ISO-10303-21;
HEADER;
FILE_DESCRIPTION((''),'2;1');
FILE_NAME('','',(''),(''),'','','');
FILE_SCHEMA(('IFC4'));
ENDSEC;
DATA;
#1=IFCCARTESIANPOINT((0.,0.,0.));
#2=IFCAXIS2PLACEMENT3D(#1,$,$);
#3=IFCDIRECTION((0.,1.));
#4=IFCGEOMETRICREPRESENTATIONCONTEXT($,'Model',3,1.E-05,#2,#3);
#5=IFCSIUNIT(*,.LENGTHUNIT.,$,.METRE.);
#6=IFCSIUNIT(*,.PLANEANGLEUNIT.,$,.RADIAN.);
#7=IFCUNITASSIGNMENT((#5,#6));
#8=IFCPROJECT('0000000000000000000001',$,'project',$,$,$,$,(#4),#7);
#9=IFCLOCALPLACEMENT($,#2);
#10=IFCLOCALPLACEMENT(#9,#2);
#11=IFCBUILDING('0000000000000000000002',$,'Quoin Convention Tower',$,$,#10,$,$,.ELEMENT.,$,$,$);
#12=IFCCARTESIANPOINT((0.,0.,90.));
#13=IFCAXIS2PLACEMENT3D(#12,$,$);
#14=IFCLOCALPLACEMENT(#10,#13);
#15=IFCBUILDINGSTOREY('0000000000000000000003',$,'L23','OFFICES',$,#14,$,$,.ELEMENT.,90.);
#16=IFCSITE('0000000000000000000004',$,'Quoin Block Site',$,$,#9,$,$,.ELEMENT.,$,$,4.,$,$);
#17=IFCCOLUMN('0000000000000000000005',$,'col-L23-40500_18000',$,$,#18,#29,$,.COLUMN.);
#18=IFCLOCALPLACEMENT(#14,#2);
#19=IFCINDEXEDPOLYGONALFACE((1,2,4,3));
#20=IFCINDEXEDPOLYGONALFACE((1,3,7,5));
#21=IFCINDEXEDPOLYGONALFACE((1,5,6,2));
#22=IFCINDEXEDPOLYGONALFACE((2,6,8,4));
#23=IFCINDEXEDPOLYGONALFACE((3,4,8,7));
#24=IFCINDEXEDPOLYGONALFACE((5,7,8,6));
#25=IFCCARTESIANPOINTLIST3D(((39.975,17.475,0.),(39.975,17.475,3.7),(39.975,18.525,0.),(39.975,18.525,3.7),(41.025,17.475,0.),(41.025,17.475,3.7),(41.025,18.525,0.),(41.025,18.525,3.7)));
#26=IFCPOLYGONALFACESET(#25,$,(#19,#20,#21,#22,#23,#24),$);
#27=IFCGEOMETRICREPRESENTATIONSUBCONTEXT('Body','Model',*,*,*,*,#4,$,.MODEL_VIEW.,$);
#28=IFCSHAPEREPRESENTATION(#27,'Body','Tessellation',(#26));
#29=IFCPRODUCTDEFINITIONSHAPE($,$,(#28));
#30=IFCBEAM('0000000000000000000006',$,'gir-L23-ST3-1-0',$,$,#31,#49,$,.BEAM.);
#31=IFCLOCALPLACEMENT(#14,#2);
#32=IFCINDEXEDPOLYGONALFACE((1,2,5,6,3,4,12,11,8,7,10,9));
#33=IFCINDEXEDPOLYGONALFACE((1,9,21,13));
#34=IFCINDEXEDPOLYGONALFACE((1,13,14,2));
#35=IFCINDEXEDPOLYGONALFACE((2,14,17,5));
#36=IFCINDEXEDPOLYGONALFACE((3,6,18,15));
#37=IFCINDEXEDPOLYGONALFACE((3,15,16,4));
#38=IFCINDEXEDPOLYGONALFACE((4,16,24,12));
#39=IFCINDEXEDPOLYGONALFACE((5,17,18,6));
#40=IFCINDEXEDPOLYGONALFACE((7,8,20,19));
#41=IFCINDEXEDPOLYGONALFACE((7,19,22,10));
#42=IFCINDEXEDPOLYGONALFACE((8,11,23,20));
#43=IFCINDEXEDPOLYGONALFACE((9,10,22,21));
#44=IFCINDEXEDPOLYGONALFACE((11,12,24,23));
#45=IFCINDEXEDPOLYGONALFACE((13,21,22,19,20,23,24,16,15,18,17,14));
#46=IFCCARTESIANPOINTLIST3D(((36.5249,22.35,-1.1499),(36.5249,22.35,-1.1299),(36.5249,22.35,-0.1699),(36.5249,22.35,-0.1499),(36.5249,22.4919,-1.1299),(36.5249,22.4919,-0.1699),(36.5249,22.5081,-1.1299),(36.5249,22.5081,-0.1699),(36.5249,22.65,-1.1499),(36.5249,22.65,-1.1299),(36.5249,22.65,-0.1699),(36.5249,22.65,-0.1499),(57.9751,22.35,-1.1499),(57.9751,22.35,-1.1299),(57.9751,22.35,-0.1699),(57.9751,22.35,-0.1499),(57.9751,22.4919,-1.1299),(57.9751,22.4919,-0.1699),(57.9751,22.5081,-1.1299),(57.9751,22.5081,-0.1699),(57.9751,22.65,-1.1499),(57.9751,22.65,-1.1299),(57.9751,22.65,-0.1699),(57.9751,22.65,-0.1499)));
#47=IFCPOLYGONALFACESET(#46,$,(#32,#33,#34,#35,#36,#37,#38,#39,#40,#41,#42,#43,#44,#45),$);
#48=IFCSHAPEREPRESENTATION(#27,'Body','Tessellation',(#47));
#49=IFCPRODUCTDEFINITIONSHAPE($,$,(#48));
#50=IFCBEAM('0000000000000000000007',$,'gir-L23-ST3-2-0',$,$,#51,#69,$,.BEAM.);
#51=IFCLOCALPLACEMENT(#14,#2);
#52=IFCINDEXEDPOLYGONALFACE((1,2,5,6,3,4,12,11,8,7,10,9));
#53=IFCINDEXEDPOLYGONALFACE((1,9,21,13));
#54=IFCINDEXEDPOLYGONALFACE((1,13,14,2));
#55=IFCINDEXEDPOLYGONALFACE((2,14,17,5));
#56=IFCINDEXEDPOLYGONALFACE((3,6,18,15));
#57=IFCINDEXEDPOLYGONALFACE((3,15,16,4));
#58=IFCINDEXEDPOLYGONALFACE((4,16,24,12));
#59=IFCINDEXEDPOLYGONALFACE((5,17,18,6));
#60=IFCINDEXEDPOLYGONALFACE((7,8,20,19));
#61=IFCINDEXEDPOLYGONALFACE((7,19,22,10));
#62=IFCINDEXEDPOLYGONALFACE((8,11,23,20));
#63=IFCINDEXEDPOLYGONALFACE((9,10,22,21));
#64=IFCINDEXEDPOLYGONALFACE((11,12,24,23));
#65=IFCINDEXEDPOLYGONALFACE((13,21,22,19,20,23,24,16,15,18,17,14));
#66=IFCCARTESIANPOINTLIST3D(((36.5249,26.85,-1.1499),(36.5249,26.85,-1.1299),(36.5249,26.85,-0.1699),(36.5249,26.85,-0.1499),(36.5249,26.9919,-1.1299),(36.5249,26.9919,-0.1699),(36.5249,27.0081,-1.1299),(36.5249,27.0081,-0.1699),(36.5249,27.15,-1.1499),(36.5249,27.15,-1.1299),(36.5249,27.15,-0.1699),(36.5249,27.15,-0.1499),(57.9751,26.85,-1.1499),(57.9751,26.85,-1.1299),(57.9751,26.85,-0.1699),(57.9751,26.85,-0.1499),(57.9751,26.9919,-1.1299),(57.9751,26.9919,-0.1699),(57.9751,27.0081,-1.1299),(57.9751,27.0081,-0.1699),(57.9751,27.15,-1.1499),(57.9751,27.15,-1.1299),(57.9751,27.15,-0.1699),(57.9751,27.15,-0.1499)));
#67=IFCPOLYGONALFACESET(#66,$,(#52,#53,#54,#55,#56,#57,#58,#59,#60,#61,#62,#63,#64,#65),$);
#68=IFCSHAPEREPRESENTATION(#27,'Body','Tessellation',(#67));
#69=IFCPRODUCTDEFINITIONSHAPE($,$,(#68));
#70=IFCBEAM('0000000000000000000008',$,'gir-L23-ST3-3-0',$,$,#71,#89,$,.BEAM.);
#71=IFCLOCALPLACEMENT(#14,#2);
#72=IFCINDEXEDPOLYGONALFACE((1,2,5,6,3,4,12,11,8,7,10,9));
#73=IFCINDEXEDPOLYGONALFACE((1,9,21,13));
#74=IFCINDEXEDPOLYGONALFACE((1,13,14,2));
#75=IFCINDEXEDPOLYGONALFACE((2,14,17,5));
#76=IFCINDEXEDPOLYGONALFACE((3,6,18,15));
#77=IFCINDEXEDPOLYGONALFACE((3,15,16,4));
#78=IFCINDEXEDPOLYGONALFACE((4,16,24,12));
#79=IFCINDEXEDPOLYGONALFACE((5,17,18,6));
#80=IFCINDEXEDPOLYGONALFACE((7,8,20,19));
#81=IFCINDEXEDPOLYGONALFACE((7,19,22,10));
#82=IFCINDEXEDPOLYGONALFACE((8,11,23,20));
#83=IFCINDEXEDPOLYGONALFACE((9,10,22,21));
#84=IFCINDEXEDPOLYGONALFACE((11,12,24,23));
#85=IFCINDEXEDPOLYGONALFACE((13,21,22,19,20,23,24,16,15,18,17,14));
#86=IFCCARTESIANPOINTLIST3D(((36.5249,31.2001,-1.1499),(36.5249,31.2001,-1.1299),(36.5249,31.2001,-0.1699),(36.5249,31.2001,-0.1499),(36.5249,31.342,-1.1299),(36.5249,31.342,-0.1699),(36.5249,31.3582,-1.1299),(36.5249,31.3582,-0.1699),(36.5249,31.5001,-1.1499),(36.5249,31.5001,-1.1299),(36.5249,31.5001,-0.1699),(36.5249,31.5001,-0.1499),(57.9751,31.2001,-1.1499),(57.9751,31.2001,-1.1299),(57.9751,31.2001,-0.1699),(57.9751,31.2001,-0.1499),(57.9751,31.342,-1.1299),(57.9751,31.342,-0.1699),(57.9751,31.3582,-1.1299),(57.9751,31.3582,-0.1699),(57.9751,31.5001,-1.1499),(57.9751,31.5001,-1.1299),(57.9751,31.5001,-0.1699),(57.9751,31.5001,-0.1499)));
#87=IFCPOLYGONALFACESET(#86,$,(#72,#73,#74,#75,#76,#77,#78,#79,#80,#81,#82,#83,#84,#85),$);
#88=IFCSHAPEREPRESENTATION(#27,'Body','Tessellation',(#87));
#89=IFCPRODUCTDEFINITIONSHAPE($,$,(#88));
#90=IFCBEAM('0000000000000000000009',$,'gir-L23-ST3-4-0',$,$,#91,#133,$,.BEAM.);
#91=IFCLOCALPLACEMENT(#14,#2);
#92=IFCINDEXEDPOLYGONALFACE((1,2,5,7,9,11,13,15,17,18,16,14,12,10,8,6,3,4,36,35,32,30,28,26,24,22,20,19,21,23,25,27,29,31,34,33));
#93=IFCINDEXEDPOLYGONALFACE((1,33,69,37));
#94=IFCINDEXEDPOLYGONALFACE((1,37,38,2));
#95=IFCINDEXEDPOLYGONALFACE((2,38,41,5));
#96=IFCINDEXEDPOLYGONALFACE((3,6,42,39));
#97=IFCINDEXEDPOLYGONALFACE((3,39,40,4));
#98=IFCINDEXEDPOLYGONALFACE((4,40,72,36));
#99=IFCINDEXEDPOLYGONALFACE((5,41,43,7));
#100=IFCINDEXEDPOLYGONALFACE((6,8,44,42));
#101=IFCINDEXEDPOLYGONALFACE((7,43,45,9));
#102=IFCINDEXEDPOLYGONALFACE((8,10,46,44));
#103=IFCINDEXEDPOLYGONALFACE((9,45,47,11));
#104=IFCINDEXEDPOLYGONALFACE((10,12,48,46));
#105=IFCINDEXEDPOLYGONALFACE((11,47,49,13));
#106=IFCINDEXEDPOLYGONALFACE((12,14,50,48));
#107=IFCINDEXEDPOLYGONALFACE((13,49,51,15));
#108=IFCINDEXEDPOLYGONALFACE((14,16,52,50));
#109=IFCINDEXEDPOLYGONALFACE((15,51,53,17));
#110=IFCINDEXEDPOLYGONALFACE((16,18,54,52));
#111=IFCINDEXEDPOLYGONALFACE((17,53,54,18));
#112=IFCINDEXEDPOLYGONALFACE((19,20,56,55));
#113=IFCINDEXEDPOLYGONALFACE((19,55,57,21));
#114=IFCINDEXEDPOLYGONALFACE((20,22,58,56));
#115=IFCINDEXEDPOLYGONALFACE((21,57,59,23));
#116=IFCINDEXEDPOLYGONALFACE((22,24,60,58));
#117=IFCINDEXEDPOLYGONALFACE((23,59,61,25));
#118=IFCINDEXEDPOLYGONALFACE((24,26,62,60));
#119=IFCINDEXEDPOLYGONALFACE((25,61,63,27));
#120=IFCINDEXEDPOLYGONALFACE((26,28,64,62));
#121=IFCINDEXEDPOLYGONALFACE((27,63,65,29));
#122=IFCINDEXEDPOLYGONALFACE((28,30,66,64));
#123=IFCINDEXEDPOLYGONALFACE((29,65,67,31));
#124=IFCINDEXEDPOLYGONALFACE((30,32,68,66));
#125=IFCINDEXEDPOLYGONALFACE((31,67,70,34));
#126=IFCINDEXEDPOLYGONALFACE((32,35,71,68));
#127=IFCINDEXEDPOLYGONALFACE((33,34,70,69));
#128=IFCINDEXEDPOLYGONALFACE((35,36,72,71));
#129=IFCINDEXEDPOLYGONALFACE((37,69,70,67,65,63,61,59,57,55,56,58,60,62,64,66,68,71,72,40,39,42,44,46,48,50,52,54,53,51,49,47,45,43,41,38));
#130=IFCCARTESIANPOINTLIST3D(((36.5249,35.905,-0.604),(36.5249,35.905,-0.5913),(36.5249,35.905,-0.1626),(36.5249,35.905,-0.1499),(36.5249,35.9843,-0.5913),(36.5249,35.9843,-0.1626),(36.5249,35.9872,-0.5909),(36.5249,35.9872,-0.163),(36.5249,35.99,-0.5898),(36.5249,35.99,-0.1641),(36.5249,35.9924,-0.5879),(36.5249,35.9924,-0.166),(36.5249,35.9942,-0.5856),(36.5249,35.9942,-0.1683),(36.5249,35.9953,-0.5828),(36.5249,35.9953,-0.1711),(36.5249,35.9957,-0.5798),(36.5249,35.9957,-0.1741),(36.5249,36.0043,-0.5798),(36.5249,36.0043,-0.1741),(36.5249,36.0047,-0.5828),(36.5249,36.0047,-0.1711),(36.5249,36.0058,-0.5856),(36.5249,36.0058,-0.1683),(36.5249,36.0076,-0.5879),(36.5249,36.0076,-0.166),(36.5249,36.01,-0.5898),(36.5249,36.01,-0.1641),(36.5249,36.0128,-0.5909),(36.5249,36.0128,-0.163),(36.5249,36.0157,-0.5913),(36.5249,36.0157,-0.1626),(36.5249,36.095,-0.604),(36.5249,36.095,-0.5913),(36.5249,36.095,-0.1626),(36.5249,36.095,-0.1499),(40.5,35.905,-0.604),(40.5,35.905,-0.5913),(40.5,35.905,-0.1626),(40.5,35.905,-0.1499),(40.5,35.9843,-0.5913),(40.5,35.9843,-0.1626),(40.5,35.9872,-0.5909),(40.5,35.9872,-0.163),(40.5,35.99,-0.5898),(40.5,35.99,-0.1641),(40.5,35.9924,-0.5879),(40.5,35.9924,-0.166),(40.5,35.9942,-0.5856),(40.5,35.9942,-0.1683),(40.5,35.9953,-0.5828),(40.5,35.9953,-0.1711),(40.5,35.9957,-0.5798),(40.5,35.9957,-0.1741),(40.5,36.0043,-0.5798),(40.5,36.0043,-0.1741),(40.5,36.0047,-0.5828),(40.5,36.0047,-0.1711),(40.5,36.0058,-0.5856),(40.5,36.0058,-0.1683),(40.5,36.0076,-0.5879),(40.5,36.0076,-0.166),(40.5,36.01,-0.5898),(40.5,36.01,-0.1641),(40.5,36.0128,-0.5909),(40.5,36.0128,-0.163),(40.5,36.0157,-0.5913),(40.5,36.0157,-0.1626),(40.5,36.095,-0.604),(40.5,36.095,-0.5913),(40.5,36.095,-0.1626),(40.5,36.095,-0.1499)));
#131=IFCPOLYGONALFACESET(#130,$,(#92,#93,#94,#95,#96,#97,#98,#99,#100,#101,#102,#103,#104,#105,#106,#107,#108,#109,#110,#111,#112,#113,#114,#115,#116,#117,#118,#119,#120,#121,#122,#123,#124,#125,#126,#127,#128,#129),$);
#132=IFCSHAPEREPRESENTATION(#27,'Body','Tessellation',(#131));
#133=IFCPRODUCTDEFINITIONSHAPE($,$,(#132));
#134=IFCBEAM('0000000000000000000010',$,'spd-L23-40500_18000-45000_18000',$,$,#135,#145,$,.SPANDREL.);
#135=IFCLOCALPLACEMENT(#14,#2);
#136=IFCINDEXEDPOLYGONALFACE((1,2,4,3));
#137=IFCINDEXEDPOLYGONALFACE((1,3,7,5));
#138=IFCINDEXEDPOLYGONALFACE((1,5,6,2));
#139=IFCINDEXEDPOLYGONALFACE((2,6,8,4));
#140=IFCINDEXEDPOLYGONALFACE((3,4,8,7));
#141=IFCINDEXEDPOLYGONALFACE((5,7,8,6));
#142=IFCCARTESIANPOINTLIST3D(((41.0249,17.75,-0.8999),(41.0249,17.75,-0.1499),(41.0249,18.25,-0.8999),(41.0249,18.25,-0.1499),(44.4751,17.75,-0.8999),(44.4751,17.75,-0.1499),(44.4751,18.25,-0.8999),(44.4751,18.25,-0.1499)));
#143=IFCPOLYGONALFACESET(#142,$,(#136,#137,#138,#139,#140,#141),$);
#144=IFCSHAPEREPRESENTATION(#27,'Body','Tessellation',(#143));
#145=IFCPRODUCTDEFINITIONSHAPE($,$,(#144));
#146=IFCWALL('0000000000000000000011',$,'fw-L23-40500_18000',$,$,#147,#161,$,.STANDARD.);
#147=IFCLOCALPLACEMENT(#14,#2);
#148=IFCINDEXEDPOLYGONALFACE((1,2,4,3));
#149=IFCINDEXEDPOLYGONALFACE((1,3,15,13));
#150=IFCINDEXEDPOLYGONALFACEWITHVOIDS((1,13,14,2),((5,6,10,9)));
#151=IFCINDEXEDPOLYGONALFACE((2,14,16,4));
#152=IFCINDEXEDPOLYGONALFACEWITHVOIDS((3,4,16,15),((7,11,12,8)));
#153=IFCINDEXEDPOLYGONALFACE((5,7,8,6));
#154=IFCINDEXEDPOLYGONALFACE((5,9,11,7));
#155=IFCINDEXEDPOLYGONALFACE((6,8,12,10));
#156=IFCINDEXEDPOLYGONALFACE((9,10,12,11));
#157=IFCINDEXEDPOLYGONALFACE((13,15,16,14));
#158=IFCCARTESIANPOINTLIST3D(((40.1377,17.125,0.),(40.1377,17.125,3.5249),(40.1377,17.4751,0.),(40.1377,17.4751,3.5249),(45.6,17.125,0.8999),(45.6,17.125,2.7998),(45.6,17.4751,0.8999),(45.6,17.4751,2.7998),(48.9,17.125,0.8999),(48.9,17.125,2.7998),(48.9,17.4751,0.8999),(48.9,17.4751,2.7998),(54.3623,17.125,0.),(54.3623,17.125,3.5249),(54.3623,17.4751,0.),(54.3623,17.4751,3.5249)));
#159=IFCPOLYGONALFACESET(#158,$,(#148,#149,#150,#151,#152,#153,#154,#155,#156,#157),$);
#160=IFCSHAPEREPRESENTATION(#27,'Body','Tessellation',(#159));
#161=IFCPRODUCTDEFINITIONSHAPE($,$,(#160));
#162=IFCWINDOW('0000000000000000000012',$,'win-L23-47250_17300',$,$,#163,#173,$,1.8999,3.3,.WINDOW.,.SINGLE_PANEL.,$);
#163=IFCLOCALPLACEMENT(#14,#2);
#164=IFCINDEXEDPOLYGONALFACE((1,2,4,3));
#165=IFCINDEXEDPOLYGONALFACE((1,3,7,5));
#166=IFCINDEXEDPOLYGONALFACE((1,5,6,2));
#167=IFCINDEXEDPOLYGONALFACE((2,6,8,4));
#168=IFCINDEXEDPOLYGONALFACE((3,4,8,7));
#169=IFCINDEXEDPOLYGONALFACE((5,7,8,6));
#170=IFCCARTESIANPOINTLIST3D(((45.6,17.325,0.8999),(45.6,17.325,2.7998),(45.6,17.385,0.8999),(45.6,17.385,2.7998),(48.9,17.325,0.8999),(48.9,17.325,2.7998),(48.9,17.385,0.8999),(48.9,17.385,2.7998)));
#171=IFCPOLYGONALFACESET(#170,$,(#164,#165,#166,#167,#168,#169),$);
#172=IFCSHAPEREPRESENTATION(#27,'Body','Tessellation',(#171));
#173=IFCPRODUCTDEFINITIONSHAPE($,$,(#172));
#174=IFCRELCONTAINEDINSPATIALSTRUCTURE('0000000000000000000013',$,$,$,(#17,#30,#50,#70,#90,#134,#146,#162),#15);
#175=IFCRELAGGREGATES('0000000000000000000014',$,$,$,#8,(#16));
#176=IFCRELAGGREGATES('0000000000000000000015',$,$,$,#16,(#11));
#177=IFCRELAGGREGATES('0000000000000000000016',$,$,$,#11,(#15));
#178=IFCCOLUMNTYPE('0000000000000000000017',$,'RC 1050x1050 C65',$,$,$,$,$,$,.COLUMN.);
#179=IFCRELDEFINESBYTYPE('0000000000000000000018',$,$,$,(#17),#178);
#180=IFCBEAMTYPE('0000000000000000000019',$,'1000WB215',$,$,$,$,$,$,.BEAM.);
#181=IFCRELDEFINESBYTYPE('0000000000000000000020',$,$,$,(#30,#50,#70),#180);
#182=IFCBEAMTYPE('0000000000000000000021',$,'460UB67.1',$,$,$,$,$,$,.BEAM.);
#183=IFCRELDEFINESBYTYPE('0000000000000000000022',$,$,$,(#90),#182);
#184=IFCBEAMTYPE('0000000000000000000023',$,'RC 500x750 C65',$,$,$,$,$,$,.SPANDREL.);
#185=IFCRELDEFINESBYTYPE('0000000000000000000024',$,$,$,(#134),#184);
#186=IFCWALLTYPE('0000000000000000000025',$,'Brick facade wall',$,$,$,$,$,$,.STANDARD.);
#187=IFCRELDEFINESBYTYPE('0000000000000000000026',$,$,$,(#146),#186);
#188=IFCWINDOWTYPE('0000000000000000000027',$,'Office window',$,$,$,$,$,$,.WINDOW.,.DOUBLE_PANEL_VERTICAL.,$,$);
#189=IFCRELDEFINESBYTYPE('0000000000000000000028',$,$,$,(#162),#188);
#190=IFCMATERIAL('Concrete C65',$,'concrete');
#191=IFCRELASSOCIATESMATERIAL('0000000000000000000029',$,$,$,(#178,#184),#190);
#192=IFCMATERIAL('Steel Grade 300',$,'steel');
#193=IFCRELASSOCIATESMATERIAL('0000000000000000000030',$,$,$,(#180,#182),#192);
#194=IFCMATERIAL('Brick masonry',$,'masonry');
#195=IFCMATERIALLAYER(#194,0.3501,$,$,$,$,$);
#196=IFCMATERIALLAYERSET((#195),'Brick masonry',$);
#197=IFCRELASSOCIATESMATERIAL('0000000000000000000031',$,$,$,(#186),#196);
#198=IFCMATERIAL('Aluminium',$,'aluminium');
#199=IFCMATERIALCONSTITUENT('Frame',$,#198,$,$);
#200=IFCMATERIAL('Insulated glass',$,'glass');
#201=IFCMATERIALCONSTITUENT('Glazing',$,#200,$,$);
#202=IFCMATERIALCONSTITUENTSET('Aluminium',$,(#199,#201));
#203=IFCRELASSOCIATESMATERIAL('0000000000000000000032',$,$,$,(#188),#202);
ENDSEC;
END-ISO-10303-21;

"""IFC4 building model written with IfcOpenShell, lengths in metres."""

from ifc_helpers import new_model, si_unit, direction, frame, frame_2d, origin, origin_2d, place, context, subcontext, project, spatial, rectangle, i_section, extrude, material, layer, layer_set, constituent, constituent_set, material_profile, profile_set, type_object, element, fill, save


model = new_model("IFC4")

# Units and contexts
model_context = context("Model", 3, precision=1e-05, world=origin(), true_north=direction((0.0, 1.0)))
body_context = subcontext(model_context, "Body", "Model", "MODEL_VIEW")
ifc_project = project(units=[si_unit("LENGTHUNIT", "METRE"), si_unit("PLANEANGLEUNIT", "RADIAN")], contexts=[model_context])

# Site, building, storey
site_placement = place(None, origin())
site = spatial("IfcSite", under=ifc_project, at=site_placement, Name="Quoin Block Site", CompositionType="ELEMENT", RefElevation=4.0)
building_placement = place(site_placement, origin())
building = spatial("IfcBuilding", under=site, at=building_placement, Name="Quoin Convention Tower", CompositionType="ELEMENT")
storey_placement = place(building_placement, frame((0.0, 0.0, 90.0)))
storey = spatial("IfcBuildingStorey", under=building, at=storey_placement, Name="L23", Description="OFFICES", CompositionType="ELEMENT", Elevation=90.0)

# Column
ifc_material_1 = material(Name="Concrete C65", Category="concrete")
ifc_material_profile_1 = material_profile(ifc_material_1, rectangle(XDim=1.05, YDim=1.05, at=origin_2d()), Name="RC 1050x1050")
ifc_profile_set_1 = profile_set([ifc_material_profile_1], Name="Concrete C65")
column_type = type_object("IfcColumnType", Name="RC 1050x1050 C65", PredefinedType="COLUMN", material=ifc_profile_set_1)
column_placement = place(storey_placement, frame((40.5, 18.0, 0.0), z_axis=(0.0, 0.0, 1.0), x_axis=(1.0, 0.0, 0.0)))
element("IfcColumn", 1, at=column_placement, inside=storey, type_object=column_type, Name="col-L23-40500_18000", PredefinedType="COLUMN", context=body_context, shape_type="SweptSolid", body=[
    extrude(rectangle(XDim=1.05, YDim=1.05, at=origin_2d()), origin(), (0.0, 0.0, 1.0), 3.7),
])

# Beams
ifc_material_2 = material(Name="Steel Grade 300", Category="steel")
ifc_material_profile_2 = material_profile(ifc_material_2, i_section(OverallWidth=0.3, OverallDepth=1.0, WebThickness=0.0161, FlangeThickness=0.02, at=origin_2d()), Name="1000WB215")
ifc_profile_set_2 = profile_set([ifc_material_profile_2], Name="Steel Grade 300")
beam_type_1 = type_object("IfcBeamType", Name="1000WB215", PredefinedType="BEAM", material=ifc_profile_set_2)
for number, where, z_axis, x_axis, name in (
    (2, (36.5249, 22.5, -0.6499), (1.0, 0.0, 0.0), (0.0, 1.0, 0.0), "gir-L23-ST3-1-0"),
    (3, (36.5249, 27.0, -0.6499), (1.0, 0.0, 0.0), (0.0, 1.0, 0.0), "gir-L23-ST3-2-0"),
    (4, (36.5249, 31.3501, -0.6499), (1.0, 0.0, 0.0), (0.0, 1.0, 0.0), "gir-L23-ST3-3-0"),
):
    element("IfcBeam", number, at=place(storey_placement, frame(where, z_axis=z_axis, x_axis=x_axis)), inside=storey, type_object=beam_type_1, Name=name, PredefinedType="BEAM", context=body_context, shape_type="SweptSolid", body=[
        extrude(i_section(OverallWidth=0.3, OverallDepth=1.0, WebThickness=0.0161, FlangeThickness=0.02, at=origin_2d()), origin(), (0.0, 0.0, 1.0), 21.4502),
    ])
ifc_material_profile_3 = material_profile(ifc_material_2, i_section(OverallWidth=0.1899, OverallDepth=0.4541, WebThickness=0.0085, FlangeThickness=0.0127, FilletRadius=0.0115, at=origin_2d()), Name="460UB67.1")
ifc_profile_set_3 = profile_set([ifc_material_profile_3], Name="Steel Grade 300")
beam_type_2 = type_object("IfcBeamType", Name="460UB67.1", PredefinedType="BEAM", material=ifc_profile_set_3)
beam_1_placement = place(storey_placement, frame((36.5249, 36.0, -0.377), z_axis=(1.0, 0.0, 0.0), x_axis=(0.0, 1.0, 0.0)))
element("IfcBeam", 5, at=beam_1_placement, inside=storey, type_object=beam_type_2, Name="gir-L23-ST3-4-0", PredefinedType="BEAM", context=body_context, shape_type="SweptSolid", body=[
    extrude(i_section(OverallWidth=0.1899, OverallDepth=0.4541, WebThickness=0.0085, FlangeThickness=0.0127, FilletRadius=0.0115, at=origin_2d()), origin(), (0.0, 0.0, 1.0), 3.9751),
])
ifc_material_profile_4 = material_profile(ifc_material_1, rectangle(XDim=0.5, YDim=0.75, at=origin_2d()), Name="RC 500x750")
ifc_profile_set_4 = profile_set([ifc_material_profile_4], Name="Concrete C65")
beam_type_3 = type_object("IfcBeamType", Name="RC 500x750 C65", PredefinedType="SPANDREL", material=ifc_profile_set_4)
beam_2_placement = place(storey_placement, frame((41.0249, 18.0, -0.5249), z_axis=(1.0, 0.0, 0.0), x_axis=(0.0, 1.0, 0.0)))
element("IfcBeam", 6, at=beam_2_placement, inside=storey, type_object=beam_type_3, Name="spd-L23-40500_18000-45000_18000", PredefinedType="SPANDREL", context=body_context, shape_type="SweptSolid", body=[
    extrude(rectangle(XDim=0.5, YDim=0.75, at=origin_2d()), origin(), (0.0, 0.0, 1.0), 3.4502),
])

# Wall, opening, window
ifc_material_3 = material(Name="Brick masonry", Category="masonry")
ifc_layer_1 = layer(ifc_material_3, 0.3501)
ifc_layer_set_1 = layer_set([ifc_layer_1], Name="Brick masonry")
wall_type_1 = type_object("IfcWallType", Name="Brick facade wall", PredefinedType="STANDARD", material=ifc_layer_set_1)
wall_1_placement = place(storey_placement, frame((40.1377, 17.3, 0.0), z_axis=(0.0, 0.0, 1.0), x_axis=(1.0, 0.0, 0.0)))
wall_1 = element("IfcWall", 7, at=wall_1_placement, inside=storey, type_object=wall_type_1, Name="fw-L23-40500_18000", PredefinedType="STANDARD", context=body_context, shape_type="SweptSolid", body=[
    extrude(rectangle(XDim=14.2246, YDim=0.3501, at=frame_2d((7.1123, 0.0))), origin(), (0.0, 0.0, 1.0), 3.5249),
])
opening_1_placement = place(wall_1_placement, frame((5.4624, 0.0, 0.8999)))
opening_1 = element("IfcOpeningElement", 8, at=opening_1_placement, cuts=wall_1, PredefinedType="OPENING", context=body_context, shape_type="SweptSolid", body=[
    extrude(rectangle(XDim=3.3, YDim=1.8999, at=frame_2d((1.6499, 0.95))), frame((0.0, 0.1851, 0.0), z_axis=(0.0, -1.0, 0.0), x_axis=(1.0, 0.0, 0.0)), (0.0, 0.0, 1.0), 0.3701),
])
ifc_material_4 = material(Name="Aluminium", Category="aluminium")
ifc_constituent_1 = constituent(ifc_material_4, Name="Frame")
ifc_material_5 = material(Name="Insulated glass", Category="glass")
ifc_constituent_2 = constituent(ifc_material_5, Name="Glazing")
ifc_constituent_set = constituent_set(constituents=[ifc_constituent_1, ifc_constituent_2], Name="Aluminium")
window_type = type_object("IfcWindowType", Name="Office window", PartitioningType="DOUBLE_PANEL_VERTICAL", PredefinedType="WINDOW", material=ifc_constituent_set)
window_placement = place(opening_1_placement, origin())
window = element("IfcWindow", 9, at=window_placement, inside=storey, type_object=window_type, Name="win-L23-47250_17300", OverallHeight=1.8999, OverallWidth=3.3, PartitioningType="SINGLE_PANEL", PredefinedType="WINDOW", context=body_context, shape_type="SweptSolid", body=[
    extrude(rectangle(XDim=3.3, YDim=1.8999, at=frame_2d((1.6499, 0.95))), frame((0.0, 0.085, 0.0), z_axis=(0.0, -1.0, 0.0), x_axis=(1.0, 0.0, 0.0)), (0.0, 0.0, 1.0), 0.0601),
])
fill(opening_1, window)

save(model, "model.ifc")
